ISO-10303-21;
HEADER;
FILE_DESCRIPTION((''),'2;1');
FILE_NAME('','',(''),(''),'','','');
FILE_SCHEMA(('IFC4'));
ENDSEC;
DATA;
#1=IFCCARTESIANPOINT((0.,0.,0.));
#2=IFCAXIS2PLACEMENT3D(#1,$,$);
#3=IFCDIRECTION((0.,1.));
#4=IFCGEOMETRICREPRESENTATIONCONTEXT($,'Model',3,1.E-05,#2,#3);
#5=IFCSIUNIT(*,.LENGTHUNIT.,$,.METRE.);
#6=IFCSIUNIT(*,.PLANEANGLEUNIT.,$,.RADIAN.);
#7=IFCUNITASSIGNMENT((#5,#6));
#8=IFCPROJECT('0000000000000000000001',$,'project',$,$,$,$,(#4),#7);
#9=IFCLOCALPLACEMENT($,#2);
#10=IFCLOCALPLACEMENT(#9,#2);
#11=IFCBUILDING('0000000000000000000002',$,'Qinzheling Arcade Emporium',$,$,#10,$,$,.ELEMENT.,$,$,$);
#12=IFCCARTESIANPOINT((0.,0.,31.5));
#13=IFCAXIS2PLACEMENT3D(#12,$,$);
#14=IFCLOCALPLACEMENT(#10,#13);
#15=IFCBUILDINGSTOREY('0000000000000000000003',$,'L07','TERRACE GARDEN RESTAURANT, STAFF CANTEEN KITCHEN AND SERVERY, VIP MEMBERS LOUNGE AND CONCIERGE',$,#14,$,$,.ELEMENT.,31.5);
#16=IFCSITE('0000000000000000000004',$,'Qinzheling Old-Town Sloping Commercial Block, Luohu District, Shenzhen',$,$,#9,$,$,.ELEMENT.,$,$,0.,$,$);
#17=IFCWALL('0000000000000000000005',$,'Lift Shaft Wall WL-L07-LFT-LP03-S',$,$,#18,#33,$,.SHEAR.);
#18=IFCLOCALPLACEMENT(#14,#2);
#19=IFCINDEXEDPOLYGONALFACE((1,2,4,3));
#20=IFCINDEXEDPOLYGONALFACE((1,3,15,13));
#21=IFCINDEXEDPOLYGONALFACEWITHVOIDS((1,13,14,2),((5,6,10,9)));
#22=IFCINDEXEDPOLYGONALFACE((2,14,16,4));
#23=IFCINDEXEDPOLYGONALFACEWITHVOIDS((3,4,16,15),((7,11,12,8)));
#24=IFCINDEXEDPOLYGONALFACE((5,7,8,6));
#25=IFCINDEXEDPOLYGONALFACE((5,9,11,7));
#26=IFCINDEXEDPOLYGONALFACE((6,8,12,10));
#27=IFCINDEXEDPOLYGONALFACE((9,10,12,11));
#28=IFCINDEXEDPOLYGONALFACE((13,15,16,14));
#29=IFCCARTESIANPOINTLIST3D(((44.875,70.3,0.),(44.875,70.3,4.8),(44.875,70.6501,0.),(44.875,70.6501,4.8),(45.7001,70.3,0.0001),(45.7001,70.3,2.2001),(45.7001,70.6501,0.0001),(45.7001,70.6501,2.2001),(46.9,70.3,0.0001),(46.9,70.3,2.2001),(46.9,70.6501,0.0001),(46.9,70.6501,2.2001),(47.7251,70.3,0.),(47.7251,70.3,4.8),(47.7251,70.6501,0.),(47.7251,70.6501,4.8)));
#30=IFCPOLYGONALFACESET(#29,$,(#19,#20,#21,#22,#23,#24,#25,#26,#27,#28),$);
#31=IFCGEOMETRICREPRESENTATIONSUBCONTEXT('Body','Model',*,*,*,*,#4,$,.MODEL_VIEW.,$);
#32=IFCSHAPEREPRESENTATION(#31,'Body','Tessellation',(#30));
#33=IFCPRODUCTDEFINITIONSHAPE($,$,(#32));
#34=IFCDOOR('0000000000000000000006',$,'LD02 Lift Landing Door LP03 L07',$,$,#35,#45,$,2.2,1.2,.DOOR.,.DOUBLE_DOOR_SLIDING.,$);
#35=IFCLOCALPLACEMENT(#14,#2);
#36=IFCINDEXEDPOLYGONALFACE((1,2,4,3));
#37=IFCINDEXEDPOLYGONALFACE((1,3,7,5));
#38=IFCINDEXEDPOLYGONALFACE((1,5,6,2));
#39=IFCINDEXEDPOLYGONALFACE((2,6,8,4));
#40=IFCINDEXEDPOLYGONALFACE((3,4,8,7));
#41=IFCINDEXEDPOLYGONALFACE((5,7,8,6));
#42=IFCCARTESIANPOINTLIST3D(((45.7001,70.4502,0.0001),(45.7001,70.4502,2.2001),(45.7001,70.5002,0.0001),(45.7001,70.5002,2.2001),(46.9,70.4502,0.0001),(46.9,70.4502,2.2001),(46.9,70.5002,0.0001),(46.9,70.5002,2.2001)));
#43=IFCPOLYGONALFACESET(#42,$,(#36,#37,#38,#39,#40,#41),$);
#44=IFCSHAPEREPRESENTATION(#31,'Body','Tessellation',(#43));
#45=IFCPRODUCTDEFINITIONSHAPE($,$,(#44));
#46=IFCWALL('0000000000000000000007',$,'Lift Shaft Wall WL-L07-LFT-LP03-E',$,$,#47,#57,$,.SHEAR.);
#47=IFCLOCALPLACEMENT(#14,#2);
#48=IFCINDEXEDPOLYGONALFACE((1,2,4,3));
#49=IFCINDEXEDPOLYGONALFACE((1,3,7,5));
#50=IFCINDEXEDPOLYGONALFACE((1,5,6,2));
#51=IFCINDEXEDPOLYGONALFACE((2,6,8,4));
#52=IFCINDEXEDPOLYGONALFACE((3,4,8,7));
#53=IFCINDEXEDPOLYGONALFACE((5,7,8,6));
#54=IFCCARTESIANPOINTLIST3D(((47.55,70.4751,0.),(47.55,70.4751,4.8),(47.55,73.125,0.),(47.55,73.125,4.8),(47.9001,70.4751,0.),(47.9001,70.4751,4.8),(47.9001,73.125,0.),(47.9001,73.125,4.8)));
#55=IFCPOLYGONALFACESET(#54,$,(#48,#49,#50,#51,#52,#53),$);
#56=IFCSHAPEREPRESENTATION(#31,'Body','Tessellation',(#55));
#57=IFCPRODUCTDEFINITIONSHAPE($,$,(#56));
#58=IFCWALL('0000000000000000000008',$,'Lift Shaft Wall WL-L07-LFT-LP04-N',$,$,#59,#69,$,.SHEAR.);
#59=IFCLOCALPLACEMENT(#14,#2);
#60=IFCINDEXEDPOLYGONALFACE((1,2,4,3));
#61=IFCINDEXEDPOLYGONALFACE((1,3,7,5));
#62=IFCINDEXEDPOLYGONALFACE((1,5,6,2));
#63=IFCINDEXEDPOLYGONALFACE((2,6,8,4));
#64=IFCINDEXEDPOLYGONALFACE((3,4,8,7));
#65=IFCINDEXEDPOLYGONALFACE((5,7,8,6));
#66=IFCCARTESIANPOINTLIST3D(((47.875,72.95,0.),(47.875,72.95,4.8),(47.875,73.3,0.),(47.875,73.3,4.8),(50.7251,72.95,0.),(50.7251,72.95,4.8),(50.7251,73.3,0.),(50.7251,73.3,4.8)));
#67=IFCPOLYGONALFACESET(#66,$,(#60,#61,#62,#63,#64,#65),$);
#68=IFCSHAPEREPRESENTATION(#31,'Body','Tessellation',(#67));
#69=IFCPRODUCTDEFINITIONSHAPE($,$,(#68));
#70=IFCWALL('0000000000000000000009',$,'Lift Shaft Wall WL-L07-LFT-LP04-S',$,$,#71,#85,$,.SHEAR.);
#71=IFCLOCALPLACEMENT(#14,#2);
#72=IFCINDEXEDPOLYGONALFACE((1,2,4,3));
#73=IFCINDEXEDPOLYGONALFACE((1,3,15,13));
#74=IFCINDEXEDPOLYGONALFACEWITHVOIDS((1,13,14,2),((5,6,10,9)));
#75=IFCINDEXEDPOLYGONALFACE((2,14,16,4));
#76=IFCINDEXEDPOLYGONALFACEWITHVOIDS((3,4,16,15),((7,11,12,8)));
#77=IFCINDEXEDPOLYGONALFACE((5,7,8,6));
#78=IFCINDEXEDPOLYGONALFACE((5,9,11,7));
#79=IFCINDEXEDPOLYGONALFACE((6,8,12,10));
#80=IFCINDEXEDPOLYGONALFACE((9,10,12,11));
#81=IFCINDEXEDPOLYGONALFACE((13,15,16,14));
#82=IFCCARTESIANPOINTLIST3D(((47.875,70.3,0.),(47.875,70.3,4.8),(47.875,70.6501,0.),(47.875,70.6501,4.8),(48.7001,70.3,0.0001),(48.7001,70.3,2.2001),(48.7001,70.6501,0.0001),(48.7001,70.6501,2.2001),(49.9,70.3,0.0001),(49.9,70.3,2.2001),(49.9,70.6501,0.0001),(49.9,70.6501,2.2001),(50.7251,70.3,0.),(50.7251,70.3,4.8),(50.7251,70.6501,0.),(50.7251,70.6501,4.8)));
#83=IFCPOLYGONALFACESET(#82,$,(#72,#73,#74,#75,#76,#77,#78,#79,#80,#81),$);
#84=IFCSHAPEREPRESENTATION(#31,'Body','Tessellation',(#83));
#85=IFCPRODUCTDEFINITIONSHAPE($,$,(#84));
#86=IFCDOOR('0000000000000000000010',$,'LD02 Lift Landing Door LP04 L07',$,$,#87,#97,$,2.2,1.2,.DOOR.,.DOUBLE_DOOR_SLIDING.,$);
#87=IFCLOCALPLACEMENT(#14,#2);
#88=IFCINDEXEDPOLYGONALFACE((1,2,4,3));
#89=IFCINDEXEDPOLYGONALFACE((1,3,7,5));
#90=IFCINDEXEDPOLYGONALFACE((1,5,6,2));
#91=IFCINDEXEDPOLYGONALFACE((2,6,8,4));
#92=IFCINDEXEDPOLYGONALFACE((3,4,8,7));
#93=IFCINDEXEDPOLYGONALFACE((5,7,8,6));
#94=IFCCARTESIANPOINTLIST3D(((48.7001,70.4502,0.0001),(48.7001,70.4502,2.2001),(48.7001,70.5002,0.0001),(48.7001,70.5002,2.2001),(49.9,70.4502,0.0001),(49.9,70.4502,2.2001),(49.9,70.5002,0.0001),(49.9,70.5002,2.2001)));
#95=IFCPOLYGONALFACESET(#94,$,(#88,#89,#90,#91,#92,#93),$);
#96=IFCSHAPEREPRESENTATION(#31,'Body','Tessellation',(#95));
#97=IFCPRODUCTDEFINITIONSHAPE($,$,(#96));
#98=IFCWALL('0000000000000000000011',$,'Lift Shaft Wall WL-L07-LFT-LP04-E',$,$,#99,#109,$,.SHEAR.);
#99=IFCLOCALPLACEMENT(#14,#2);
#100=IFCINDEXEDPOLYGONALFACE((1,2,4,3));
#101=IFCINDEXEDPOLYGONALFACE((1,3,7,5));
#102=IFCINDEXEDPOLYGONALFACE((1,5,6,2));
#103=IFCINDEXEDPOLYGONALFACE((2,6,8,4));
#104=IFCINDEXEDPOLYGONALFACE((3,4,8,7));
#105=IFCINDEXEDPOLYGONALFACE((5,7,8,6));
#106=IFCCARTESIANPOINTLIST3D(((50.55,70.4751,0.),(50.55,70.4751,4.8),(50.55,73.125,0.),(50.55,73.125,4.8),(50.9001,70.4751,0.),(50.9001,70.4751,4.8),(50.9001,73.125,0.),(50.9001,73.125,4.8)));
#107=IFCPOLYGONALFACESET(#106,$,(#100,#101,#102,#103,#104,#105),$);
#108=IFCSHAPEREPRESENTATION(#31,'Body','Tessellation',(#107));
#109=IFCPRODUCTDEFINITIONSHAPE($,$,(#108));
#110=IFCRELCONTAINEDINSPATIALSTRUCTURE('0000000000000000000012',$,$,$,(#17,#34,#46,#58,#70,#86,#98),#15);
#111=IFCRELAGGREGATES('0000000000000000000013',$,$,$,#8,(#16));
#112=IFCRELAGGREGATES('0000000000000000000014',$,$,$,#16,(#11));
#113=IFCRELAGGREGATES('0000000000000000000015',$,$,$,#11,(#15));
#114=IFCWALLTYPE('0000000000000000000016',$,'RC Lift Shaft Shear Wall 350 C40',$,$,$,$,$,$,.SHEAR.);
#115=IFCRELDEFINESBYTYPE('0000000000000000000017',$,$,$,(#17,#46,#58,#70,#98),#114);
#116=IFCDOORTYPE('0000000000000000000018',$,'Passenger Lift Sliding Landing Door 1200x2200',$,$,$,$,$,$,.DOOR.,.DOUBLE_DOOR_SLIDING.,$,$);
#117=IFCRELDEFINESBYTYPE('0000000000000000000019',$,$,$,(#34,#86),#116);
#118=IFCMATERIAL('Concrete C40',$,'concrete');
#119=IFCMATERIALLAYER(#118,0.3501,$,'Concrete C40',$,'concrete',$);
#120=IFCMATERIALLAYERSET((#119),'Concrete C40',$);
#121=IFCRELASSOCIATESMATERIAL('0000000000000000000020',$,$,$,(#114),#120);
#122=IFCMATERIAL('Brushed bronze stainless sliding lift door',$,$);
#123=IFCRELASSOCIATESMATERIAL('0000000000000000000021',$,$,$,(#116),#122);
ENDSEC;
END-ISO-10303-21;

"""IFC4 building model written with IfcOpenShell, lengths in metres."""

from ifc_helpers import new_model, si_unit, direction, frame, frame_2d, origin, place, context, subcontext, project, spatial, rectangle, extrude, material, layer, layer_set, type_object, element, fill, save


model = new_model("IFC4")

# Units and contexts
model_context = context("Model", 3, precision=1e-05, world=origin(), true_north=direction((0.0, 1.0)))
body_context = subcontext(model_context, "Body", "Model", "MODEL_VIEW")
ifc_project = project(units=[si_unit("LENGTHUNIT", "METRE"), si_unit("PLANEANGLEUNIT", "RADIAN")], contexts=[model_context])

# Site, building, storey
site_placement = place(None, origin())
site = spatial("IfcSite", under=ifc_project, at=site_placement, Name="Qinzheling Old-Town Sloping Commercial Block, Luohu District, Shenzhen", CompositionType="ELEMENT", RefElevation=0.0)
building_placement = place(site_placement, origin())
building = spatial("IfcBuilding", under=site, at=building_placement, Name="Qinzheling Arcade Emporium", CompositionType="ELEMENT")
storey_placement = place(building_placement, frame((0.0, 0.0, 31.5)))
storey = spatial("IfcBuildingStorey", under=building, at=storey_placement, Name="L07", Description="TERRACE GARDEN RESTAURANT, STAFF CANTEEN KITCHEN AND SERVERY, VIP MEMBERS LOUNGE AND CONCIERGE", CompositionType="ELEMENT", Elevation=31.5)

# Shared definitions
ifc_material_1 = material(Name="Concrete C40", Category="concrete")

# Wall, opening, door
ifc_layer_1 = layer(ifc_material_1, 0.3501, Name="Concrete C40", Category="concrete")
ifc_layer_set_1 = layer_set([ifc_layer_1], Name="Concrete C40")
wall_type_1 = type_object("IfcWallType", Name="RC Lift Shaft Shear Wall 350 C40", PredefinedType="SHEAR", material=ifc_layer_set_1)
wall_1_placement = place(storey_placement, frame((47.7251, 70.4751, 0.0), z_axis=(0.0, 0.0, 1.0), x_axis=(-1.0, 0.0, 0.0)))
wall_1 = element("IfcWall", 1, at=wall_1_placement, inside=storey, type_object=wall_type_1, Name="Lift Shaft Wall WL-L07-LFT-LP03-S", PredefinedType="SHEAR", context=body_context, shape_type="SweptSolid", body=[
    extrude(rectangle(XDim=2.8501, YDim=0.3501, at=frame_2d((1.425, 0.0))), origin(), (0.0, 0.0, 1.0), 4.8),
])
opening_1_placement = place(wall_1_placement, frame((0.825, 0.0, 0.0)))
opening_1 = element("IfcOpeningElement", 2, at=opening_1_placement, cuts=wall_1, PredefinedType="OPENING", context=body_context, shape_type="SweptSolid", body=[
    extrude(rectangle(XDim=1.2, YDim=2.2, at=frame_2d((0.6001, 1.1001))), frame((0.0, 0.1851, 0.0), z_axis=(0.0, -1.0, 0.0), x_axis=(1.0, 0.0, 0.0)), (0.0, 0.0, 1.0), 0.3701),
])
ifc_material_2 = material(Name="Brushed bronze stainless sliding lift door")
door_type_1 = type_object("IfcDoorType", Name="Passenger Lift Sliding Landing Door 1200x2200", OperationType="DOUBLE_DOOR_SLIDING", PredefinedType="DOOR", material=ifc_material_2)
door_1_placement = place(opening_1_placement, origin())
door_1 = element("IfcDoor", 3, at=door_1_placement, inside=storey, type_object=door_type_1, Name="LD02 Lift Landing Door LP03 L07", OperationType="DOUBLE_DOOR_SLIDING", OverallHeight=2.2, OverallWidth=1.2, PredefinedType="DOOR", context=body_context, shape_type="SweptSolid", body=[
    extrude(rectangle(XDim=1.2, YDim=2.2, at=frame_2d((0.6001, 1.1001))), frame((0.0, 0.0249, 0.0), z_axis=(0.0, -1.0, 0.0), x_axis=(1.0, 0.0, 0.0)), (0.0, 0.0, 1.0), 0.05),
])
fill(opening_1, door_1)

# Walls
wall_2_placement = place(storey_placement, frame((47.7251, 73.125, 0.0), z_axis=(0.0, 0.0, 1.0), x_axis=(0.0, -1.0, 0.0)))
element("IfcWall", 4, at=wall_2_placement, inside=storey, type_object=wall_type_1, Name="Lift Shaft Wall WL-L07-LFT-LP03-E", PredefinedType="SHEAR", context=body_context, shape_type="SweptSolid", body=[
    extrude(rectangle(XDim=2.6499, YDim=0.3501, at=frame_2d((1.325, 0.0))), origin(), (0.0, 0.0, 1.0), 4.8),
])
wall_3_placement = place(storey_placement, frame((47.875, 73.125, 0.0), z_axis=(0.0, 0.0, 1.0), x_axis=(1.0, 0.0, 0.0)))
element("IfcWall", 5, at=wall_3_placement, inside=storey, type_object=wall_type_1, Name="Lift Shaft Wall WL-L07-LFT-LP04-N", PredefinedType="SHEAR", context=body_context, shape_type="SweptSolid", body=[
    extrude(rectangle(XDim=2.8501, YDim=0.3501, at=frame_2d((1.425, 0.0))), origin(), (0.0, 0.0, 1.0), 4.8),
])

# Wall, opening, door
wall_4_placement = place(storey_placement, frame((50.7251, 70.4751, 0.0), z_axis=(0.0, 0.0, 1.0), x_axis=(-1.0, 0.0, 0.0)))
wall_4 = element("IfcWall", 6, at=wall_4_placement, inside=storey, type_object=wall_type_1, Name="Lift Shaft Wall WL-L07-LFT-LP04-S", PredefinedType="SHEAR", context=body_context, shape_type="SweptSolid", body=[
    extrude(rectangle(XDim=2.8501, YDim=0.3501, at=frame_2d((1.425, 0.0))), origin(), (0.0, 0.0, 1.0), 4.8),
])
opening_2_placement = place(wall_4_placement, frame((0.825, 0.0, 0.0)))
opening_2 = element("IfcOpeningElement", 7, at=opening_2_placement, cuts=wall_4, PredefinedType="OPENING", context=body_context, shape_type="SweptSolid", body=[
    extrude(rectangle(XDim=1.2, YDim=2.2, at=frame_2d((0.6001, 1.1001))), frame((0.0, 0.1851, 0.0), z_axis=(0.0, -1.0, 0.0), x_axis=(1.0, 0.0, 0.0)), (0.0, 0.0, 1.0), 0.3701),
])
door_2_placement = place(opening_2_placement, origin())
door_2 = element("IfcDoor", 8, at=door_2_placement, inside=storey, type_object=door_type_1, Name="LD02 Lift Landing Door LP04 L07", OperationType="DOUBLE_DOOR_SLIDING", OverallHeight=2.2, OverallWidth=1.2, PredefinedType="DOOR", context=body_context, shape_type="SweptSolid", body=[
    extrude(rectangle(XDim=1.2, YDim=2.2, at=frame_2d((0.6001, 1.1001))), frame((0.0, 0.0249, 0.0), z_axis=(0.0, -1.0, 0.0), x_axis=(1.0, 0.0, 0.0)), (0.0, 0.0, 1.0), 0.05),
])
fill(opening_2, door_2)

# Wall
wall_5_placement = place(storey_placement, frame((50.7251, 73.125, 0.0), z_axis=(0.0, 0.0, 1.0), x_axis=(0.0, -1.0, 0.0)))
element("IfcWall", 9, at=wall_5_placement, inside=storey, type_object=wall_type_1, Name="Lift Shaft Wall WL-L07-LFT-LP04-E", PredefinedType="SHEAR", context=body_context, shape_type="SweptSolid", body=[
    extrude(rectangle(XDim=2.6499, YDim=0.3501, at=frame_2d((1.325, 0.0))), origin(), (0.0, 0.0, 1.0), 4.8),
])

save(model, "model.ifc")
